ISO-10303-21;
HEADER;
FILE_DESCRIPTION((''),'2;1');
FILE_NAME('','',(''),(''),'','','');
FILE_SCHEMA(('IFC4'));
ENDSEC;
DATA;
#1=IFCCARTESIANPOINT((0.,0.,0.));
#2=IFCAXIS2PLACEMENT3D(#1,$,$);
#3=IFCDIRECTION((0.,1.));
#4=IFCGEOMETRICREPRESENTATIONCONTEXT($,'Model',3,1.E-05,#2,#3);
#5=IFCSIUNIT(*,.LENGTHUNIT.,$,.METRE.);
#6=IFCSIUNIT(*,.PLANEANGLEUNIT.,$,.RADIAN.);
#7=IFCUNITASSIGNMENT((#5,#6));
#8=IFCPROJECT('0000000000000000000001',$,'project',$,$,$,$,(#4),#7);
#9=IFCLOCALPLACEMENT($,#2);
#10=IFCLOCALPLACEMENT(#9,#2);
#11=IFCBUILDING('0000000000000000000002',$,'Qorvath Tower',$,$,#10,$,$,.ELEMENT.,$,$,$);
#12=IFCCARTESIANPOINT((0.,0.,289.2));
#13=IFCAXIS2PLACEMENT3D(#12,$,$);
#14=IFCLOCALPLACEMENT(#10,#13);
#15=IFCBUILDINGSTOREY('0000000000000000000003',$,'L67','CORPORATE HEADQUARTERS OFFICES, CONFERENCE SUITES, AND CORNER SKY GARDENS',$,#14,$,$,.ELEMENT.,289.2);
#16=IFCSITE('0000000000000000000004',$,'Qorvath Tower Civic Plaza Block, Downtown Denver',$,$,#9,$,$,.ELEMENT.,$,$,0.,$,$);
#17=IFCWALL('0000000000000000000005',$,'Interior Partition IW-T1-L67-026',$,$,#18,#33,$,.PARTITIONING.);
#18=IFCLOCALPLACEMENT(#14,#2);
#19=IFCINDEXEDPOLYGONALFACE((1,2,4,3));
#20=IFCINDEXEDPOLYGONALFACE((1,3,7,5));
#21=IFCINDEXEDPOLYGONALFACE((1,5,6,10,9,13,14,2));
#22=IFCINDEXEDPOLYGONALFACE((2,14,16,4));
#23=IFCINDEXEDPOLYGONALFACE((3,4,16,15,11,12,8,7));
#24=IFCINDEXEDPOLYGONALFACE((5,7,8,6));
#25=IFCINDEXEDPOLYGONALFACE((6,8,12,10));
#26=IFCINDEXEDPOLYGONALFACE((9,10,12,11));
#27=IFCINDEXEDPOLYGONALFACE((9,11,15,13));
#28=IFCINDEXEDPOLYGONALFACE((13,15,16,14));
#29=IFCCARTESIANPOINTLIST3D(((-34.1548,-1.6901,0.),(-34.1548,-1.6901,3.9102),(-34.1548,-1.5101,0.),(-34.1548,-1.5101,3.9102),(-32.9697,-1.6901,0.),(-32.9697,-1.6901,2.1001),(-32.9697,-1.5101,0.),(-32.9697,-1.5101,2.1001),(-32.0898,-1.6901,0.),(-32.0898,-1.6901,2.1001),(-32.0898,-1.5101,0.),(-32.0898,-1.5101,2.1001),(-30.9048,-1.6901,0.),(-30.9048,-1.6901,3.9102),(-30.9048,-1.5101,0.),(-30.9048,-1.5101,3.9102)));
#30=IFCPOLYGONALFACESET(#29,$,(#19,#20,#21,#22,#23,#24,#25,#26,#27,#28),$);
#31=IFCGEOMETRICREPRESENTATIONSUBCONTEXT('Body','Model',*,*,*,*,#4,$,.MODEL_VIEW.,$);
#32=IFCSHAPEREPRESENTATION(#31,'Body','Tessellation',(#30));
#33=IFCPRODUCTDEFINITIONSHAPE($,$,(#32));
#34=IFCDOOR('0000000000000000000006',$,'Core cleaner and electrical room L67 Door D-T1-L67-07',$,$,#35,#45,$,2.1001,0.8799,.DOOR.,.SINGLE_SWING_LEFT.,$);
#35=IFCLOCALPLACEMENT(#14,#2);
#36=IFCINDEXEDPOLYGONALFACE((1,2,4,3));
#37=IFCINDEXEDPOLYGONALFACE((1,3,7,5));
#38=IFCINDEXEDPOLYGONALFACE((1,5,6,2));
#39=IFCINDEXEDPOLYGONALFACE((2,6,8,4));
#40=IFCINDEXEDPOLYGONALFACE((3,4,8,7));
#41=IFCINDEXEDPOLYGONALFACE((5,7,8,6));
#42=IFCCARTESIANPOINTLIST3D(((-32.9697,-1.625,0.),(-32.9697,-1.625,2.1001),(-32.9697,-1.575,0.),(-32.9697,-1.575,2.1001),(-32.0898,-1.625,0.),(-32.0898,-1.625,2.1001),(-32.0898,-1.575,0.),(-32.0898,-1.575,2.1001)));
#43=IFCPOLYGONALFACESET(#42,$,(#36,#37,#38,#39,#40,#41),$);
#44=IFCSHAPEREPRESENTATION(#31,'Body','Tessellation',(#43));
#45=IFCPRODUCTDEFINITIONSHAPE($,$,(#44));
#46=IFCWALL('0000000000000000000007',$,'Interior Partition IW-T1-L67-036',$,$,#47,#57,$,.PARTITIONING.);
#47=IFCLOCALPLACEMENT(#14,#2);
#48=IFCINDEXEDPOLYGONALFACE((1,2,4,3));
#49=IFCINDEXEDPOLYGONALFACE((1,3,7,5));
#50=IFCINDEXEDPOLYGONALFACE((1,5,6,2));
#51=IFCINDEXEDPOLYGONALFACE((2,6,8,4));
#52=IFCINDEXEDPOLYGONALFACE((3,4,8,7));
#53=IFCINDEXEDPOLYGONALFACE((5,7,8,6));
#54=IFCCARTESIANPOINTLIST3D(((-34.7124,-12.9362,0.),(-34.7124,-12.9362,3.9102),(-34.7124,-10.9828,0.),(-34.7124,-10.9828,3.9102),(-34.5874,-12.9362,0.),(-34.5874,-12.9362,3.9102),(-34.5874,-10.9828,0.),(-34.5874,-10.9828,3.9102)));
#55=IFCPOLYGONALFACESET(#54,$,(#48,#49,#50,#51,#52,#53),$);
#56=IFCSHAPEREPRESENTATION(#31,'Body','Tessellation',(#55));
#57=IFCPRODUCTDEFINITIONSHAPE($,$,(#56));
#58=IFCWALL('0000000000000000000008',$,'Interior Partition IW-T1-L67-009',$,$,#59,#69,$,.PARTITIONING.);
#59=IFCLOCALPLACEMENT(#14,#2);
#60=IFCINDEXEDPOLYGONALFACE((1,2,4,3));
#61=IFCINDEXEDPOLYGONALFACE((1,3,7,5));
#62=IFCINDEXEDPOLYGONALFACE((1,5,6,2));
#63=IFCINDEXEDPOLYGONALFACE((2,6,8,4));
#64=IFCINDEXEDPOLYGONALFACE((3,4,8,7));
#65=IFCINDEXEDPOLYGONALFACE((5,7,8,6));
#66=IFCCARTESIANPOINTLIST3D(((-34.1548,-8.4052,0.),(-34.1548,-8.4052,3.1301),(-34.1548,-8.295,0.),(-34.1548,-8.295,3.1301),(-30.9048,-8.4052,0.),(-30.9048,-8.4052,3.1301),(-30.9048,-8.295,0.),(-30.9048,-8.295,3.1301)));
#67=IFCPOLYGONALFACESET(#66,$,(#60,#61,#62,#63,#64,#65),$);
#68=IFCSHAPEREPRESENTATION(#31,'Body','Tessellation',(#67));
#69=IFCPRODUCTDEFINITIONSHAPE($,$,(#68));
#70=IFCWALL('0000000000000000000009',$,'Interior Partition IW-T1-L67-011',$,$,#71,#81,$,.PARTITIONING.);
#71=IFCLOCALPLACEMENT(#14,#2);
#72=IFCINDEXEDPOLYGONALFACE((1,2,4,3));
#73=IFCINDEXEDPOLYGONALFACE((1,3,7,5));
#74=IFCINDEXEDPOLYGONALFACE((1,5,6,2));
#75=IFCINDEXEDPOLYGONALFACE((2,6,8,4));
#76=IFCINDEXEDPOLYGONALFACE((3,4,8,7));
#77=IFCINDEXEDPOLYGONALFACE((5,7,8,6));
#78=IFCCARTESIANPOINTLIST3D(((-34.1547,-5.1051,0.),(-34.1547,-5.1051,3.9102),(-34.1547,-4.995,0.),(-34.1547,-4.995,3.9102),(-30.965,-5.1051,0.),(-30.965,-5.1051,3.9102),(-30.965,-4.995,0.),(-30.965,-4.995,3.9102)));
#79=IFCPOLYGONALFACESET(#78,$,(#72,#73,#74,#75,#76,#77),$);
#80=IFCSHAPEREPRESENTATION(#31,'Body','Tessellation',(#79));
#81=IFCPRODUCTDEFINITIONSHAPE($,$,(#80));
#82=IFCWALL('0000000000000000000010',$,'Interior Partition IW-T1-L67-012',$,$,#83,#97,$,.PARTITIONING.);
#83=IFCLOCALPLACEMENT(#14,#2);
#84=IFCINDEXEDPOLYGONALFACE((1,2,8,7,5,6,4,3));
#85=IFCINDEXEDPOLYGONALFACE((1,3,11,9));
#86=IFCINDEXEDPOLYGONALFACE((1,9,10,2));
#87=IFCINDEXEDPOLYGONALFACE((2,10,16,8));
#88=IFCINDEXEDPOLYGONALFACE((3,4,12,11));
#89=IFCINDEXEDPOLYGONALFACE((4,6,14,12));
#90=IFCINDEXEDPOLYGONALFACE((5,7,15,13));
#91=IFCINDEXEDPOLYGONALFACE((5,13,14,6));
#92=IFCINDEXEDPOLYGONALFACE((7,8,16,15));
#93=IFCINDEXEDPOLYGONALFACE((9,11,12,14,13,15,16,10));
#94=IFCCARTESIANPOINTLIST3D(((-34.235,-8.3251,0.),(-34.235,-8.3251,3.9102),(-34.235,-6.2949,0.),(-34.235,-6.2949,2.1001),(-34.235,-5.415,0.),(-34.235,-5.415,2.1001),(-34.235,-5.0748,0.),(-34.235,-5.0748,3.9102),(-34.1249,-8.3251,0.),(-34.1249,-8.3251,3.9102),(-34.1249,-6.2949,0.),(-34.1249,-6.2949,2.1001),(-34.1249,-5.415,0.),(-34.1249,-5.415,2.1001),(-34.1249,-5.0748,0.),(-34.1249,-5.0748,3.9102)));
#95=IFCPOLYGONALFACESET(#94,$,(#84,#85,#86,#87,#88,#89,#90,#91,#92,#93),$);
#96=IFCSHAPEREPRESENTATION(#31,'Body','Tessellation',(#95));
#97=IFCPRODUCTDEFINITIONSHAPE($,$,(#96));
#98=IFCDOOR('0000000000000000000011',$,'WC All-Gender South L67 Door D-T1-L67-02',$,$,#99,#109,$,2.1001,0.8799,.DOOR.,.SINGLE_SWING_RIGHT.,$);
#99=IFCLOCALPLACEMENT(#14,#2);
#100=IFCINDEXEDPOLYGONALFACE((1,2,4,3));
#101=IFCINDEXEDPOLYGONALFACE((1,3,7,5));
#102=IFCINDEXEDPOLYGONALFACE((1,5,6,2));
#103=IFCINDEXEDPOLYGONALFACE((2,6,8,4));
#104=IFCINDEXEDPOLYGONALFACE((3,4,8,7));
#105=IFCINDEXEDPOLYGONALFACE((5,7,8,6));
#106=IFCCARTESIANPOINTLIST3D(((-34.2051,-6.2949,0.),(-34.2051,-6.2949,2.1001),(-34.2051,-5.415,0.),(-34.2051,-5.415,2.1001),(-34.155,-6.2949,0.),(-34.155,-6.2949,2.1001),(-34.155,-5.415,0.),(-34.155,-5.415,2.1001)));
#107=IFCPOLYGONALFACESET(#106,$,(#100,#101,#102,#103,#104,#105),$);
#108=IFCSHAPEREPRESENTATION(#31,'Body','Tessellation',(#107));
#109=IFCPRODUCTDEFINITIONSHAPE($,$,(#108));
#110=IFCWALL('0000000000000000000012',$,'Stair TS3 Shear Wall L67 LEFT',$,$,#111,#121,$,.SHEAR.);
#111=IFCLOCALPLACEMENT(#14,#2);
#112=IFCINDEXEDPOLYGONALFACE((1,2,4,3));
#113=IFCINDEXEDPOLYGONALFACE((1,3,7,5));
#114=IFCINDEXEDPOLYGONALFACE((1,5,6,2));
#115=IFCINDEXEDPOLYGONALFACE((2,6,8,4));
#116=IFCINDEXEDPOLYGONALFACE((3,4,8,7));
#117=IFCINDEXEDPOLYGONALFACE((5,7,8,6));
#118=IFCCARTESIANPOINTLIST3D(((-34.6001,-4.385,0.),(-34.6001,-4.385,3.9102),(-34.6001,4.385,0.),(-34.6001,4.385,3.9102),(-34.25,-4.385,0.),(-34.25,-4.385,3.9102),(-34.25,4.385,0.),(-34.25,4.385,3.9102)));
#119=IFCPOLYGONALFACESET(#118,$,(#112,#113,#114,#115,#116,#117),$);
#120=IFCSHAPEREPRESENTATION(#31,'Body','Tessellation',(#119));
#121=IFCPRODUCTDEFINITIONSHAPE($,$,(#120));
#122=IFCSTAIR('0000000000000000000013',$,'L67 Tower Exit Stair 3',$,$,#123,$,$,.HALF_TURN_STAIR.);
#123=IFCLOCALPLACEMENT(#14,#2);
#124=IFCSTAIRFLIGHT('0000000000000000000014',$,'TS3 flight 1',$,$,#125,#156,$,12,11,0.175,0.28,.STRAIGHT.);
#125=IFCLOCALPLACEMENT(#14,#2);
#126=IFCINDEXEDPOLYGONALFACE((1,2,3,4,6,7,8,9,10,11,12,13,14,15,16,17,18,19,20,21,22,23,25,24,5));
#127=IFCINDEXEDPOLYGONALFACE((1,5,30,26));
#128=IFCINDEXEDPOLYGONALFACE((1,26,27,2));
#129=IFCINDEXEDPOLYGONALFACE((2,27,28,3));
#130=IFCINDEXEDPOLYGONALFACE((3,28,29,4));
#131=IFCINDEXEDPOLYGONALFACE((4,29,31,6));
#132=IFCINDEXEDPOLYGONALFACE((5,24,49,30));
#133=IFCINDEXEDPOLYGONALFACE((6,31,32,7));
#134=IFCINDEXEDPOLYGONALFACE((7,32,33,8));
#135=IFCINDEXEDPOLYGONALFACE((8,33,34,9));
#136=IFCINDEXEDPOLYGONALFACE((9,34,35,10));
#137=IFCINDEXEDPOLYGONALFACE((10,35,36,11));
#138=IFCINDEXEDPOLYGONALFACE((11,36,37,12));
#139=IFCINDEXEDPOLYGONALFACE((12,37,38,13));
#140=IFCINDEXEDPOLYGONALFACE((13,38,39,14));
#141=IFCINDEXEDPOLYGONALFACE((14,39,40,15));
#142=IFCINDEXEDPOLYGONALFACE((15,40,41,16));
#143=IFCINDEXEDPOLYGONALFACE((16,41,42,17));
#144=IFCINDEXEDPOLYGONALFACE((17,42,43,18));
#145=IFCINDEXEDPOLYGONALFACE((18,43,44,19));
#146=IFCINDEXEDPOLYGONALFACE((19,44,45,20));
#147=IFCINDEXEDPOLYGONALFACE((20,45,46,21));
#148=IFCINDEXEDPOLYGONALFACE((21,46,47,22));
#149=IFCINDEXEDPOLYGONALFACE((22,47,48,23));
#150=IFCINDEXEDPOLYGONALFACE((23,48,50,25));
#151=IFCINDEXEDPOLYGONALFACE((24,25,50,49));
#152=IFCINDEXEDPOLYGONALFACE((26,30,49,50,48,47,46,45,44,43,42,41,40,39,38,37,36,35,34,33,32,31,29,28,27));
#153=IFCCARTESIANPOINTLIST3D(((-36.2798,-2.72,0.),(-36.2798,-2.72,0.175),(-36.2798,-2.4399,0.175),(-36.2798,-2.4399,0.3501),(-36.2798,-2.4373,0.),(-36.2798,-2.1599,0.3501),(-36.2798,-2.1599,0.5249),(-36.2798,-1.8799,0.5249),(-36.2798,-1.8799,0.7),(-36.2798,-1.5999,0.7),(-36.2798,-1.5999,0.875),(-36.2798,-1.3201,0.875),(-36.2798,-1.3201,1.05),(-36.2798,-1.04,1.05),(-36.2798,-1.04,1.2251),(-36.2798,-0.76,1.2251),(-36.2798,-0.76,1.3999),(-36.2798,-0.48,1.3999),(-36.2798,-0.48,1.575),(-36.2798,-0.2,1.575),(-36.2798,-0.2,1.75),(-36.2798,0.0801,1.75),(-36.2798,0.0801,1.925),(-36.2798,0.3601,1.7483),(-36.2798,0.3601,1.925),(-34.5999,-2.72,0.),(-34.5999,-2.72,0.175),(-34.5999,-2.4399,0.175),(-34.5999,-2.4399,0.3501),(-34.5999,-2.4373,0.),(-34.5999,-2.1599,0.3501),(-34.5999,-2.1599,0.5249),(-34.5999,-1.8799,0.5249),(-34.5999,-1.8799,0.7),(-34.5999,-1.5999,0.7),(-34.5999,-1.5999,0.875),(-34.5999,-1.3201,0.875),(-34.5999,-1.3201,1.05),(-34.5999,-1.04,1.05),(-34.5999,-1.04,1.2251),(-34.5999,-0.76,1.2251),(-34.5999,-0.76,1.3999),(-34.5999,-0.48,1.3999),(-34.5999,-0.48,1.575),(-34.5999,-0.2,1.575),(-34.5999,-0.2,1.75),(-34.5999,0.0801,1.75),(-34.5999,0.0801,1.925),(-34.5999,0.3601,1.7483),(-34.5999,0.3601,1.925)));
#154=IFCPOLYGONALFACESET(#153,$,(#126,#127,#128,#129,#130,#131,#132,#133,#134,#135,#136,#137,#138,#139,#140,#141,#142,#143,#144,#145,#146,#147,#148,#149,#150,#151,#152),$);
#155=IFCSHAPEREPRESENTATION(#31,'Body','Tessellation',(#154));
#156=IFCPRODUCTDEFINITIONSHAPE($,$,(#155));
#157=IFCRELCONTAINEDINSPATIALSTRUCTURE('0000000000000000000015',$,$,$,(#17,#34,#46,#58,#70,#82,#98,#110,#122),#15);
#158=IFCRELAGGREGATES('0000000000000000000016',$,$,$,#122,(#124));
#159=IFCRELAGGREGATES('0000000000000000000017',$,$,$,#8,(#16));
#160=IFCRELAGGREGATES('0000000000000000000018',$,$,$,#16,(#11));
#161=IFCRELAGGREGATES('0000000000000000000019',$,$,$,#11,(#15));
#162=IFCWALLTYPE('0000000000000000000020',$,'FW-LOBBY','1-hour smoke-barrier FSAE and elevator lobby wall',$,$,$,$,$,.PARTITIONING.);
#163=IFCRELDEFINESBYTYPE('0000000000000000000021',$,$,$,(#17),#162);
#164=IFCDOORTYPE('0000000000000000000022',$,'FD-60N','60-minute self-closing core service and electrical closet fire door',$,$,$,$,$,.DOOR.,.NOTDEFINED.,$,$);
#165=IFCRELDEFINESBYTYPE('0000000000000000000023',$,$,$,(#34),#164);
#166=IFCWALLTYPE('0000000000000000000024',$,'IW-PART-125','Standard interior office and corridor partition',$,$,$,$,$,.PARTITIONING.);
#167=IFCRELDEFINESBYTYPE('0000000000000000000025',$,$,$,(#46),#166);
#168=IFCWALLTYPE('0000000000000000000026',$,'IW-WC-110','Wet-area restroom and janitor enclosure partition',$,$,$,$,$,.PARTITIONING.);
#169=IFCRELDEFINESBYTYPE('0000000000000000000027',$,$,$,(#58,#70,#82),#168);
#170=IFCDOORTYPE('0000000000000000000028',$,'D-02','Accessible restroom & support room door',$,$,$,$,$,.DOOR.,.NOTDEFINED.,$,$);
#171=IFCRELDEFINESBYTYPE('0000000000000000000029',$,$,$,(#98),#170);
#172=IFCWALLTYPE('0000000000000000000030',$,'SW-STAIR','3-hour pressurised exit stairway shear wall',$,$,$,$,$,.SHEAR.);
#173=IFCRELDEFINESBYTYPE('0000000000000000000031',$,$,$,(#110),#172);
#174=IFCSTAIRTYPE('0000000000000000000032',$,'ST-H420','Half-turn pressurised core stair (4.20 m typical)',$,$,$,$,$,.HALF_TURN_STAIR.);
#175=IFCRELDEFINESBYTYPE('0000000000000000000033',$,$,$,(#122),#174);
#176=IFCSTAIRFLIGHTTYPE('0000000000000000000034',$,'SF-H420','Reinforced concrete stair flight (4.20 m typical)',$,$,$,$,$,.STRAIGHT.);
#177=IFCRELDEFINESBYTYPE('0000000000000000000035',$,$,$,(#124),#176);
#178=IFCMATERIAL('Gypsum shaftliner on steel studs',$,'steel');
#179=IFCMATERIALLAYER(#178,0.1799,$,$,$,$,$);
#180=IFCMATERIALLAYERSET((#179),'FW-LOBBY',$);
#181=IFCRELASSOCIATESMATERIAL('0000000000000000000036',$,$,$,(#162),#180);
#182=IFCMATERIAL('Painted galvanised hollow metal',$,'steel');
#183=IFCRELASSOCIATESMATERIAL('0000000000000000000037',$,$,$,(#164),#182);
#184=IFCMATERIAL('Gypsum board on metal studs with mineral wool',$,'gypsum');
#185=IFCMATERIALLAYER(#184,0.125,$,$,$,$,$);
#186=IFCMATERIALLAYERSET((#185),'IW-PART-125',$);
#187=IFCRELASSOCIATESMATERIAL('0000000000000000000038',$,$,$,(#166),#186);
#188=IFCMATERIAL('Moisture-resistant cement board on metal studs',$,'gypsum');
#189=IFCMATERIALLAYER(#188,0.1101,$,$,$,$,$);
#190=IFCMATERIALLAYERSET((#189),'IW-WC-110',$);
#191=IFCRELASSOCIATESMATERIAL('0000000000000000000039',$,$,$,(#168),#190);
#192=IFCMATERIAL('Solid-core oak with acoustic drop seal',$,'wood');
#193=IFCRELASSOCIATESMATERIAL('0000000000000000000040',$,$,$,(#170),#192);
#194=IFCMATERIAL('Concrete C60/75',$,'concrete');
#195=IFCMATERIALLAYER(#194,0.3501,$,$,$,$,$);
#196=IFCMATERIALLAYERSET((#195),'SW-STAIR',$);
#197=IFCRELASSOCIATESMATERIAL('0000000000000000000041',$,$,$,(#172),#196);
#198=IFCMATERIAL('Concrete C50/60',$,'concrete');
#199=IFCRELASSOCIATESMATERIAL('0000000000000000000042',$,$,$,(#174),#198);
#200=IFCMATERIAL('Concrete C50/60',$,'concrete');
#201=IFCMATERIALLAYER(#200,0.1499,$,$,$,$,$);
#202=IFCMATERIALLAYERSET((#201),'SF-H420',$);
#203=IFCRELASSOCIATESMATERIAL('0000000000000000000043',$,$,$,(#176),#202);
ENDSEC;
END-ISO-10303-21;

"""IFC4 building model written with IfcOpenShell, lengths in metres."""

from ifc_helpers import new_model, si_unit, direction, frame, frame_2d, origin, place, context, subcontext, project, spatial, polyline, rectangle, outline, extrude, material, layer, layer_set, type_object, element, fill, aggregate, save


model = new_model("IFC4")

# Units and contexts
model_context = context("Model", 3, precision=1e-05, world=origin(), true_north=direction((0.0, 1.0)))
body_context = subcontext(model_context, "Body", "Model", "MODEL_VIEW")
ifc_project = project(units=[si_unit("LENGTHUNIT", "METRE"), si_unit("PLANEANGLEUNIT", "RADIAN")], contexts=[model_context])

# Site, building, storey
site_placement = place(None, origin())
site = spatial("IfcSite", under=ifc_project, at=site_placement, Name="Qorvath Tower Civic Plaza Block, Downtown Denver", CompositionType="ELEMENT", RefElevation=0.0)
building_placement = place(site_placement, origin())
building = spatial("IfcBuilding", under=site, at=building_placement, Name="Qorvath Tower", CompositionType="ELEMENT")
storey_placement = place(building_placement, frame((0.0, 0.0, 289.2)))
storey = spatial("IfcBuildingStorey", under=building, at=storey_placement, Name="L67", Description="CORPORATE HEADQUARTERS OFFICES, CONFERENCE SUITES, AND CORNER SKY GARDENS", CompositionType="ELEMENT", Elevation=289.2)

# Shared definitions
ifc_material_1 = material(Name="Gypsum shaftliner on steel studs", Category="steel")
ifc_layer_1 = layer(ifc_material_1, 0.1799)
ifc_layer_set_1 = layer_set([ifc_layer_1], Name="FW-LOBBY")
wall_type_1 = type_object("IfcWallType", Name="FW-LOBBY", Description="1-hour smoke-barrier FSAE and elevator lobby wall", PredefinedType="PARTITIONING", material=ifc_layer_set_1)

# Wall, opening, door
wall_1_placement = place(storey_placement, frame((-30.9048, -1.6001, 0.0), z_axis=(0.0, 0.0, 1.0), x_axis=(-1.0, 0.0, 0.0)))
wall_1 = element("IfcWall", 1, at=wall_1_placement, inside=storey, type_object=wall_type_1, Name="Interior Partition IW-T1-L67-026", PredefinedType="PARTITIONING", context=body_context, shape_type="SweptSolid", body=[
    extrude(rectangle(XDim=3.25, YDim=0.1799, at=frame_2d((1.625, 0.0))), origin(), (0.0, 0.0, 1.0), 3.9102),
])
opening_1_placement = place(wall_1_placement, frame((1.1851, 0.0, 0.0)))
opening_1 = element("IfcOpeningElement", 2, at=opening_1_placement, cuts=wall_1, PredefinedType="OPENING", context=body_context, shape_type="SweptSolid", body=[
    extrude(rectangle(XDim=0.8799, YDim=2.1001, at=frame_2d((0.4399, 1.05))), frame((0.0, 0.1001, 0.0), z_axis=(0.0, -1.0, 0.0), x_axis=(1.0, 0.0, 0.0)), (0.0, 0.0, 1.0), 0.2),
])
ifc_material_2 = material(Name="Painted galvanised hollow metal", Category="steel")
door_type_1 = type_object("IfcDoorType", Name="FD-60N", Description="60-minute self-closing core service and electrical closet fire door", OperationType="NOTDEFINED", PredefinedType="DOOR", material=ifc_material_2)
door_1_placement = place(opening_1_placement, origin())
door_1 = element("IfcDoor", 3, at=door_1_placement, inside=storey, type_object=door_type_1, Name="Core cleaner and electrical room L67 Door D-T1-L67-07", OperationType="SINGLE_SWING_LEFT", OverallHeight=2.1001, OverallWidth=0.8799, PredefinedType="DOOR", context=body_context, shape_type="SweptSolid", body=[
    extrude(rectangle(XDim=0.8799, YDim=2.1001, at=frame_2d((0.4399, 1.05))), frame((0.0, 0.0249, 0.0), z_axis=(0.0, -1.0, 0.0), x_axis=(1.0, 0.0, 0.0)), (0.0, 0.0, 1.0), 0.05),
])
fill(opening_1, door_1)

# Walls
ifc_material_3 = material(Name="Gypsum board on metal studs with mineral wool", Category="gypsum")
ifc_layer_2 = layer(ifc_material_3, 0.125)
ifc_layer_set_2 = layer_set([ifc_layer_2], Name="IW-PART-125")
wall_type_2 = type_object("IfcWallType", Name="IW-PART-125", Description="Standard interior office and corridor partition", PredefinedType="PARTITIONING", material=ifc_layer_set_2)
wall_2_placement = place(storey_placement, frame((-34.6499, -10.9829, 0.0), z_axis=(0.0, 0.0, 1.0), x_axis=(0.0, -1.0, 0.0)))
element("IfcWall", 4, at=wall_2_placement, inside=storey, type_object=wall_type_2, Name="Interior Partition IW-T1-L67-036", PredefinedType="PARTITIONING", context=body_context, shape_type="SweptSolid", body=[
    extrude(rectangle(XDim=1.9534, YDim=0.125, at=frame_2d((0.9766, 0.0))), origin(), (0.0, 0.0, 1.0), 3.9102),
])
ifc_material_4 = material(Name="Moisture-resistant cement board on metal studs", Category="gypsum")
ifc_layer_3 = layer(ifc_material_4, 0.1101)
ifc_layer_set_3 = layer_set([ifc_layer_3], Name="IW-WC-110")
wall_type_3 = type_object("IfcWallType", Name="IW-WC-110", Description="Wet-area restroom and janitor enclosure partition", PredefinedType="PARTITIONING", material=ifc_layer_set_3)
wall_3_placement = place(storey_placement, frame((-34.1548, -8.3501, 0.0), z_axis=(0.0, 0.0, 1.0), x_axis=(1.0, 0.0, 0.0)))
element("IfcWall", 5, at=wall_3_placement, inside=storey, type_object=wall_type_3, Name="Interior Partition IW-T1-L67-009", PredefinedType="PARTITIONING", context=body_context, shape_type="SweptSolid", body=[
    extrude(rectangle(XDim=3.25, YDim=0.1101, at=frame_2d((1.625, 0.0))), origin(), (0.0, 0.0, 1.0), 3.1301),
])
wall_4_placement = place(storey_placement, frame((-30.9651, -5.05, 0.0), z_axis=(0.0, 0.0, 1.0), x_axis=(-1.0, 0.0, 0.0)))
element("IfcWall", 6, at=wall_4_placement, inside=storey, type_object=wall_type_3, Name="Interior Partition IW-T1-L67-011", PredefinedType="PARTITIONING", context=body_context, shape_type="SweptSolid", body=[
    extrude(rectangle(XDim=3.1897, YDim=0.1101, at=frame_2d((1.5947, 0.0))), origin(), (0.0, 0.0, 1.0), 3.9102),
])

# Wall, opening, door
wall_5_placement = place(storey_placement, frame((-34.1799, -5.075, 0.0), z_axis=(0.0, 0.0, 1.0), x_axis=(0.0, -1.0, 0.0)))
wall_5 = element("IfcWall", 7, at=wall_5_placement, inside=storey, type_object=wall_type_3, Name="Interior Partition IW-T1-L67-012", PredefinedType="PARTITIONING", context=body_context, shape_type="SweptSolid", body=[
    extrude(rectangle(XDim=3.2502, YDim=0.1101, at=frame_2d((1.625, 0.0))), origin(), (0.0, 0.0, 1.0), 3.9102),
])
opening_2_placement = place(wall_5_placement, frame((0.3401, 0.0, 0.0)))
opening_2 = element("IfcOpeningElement", 8, at=opening_2_placement, cuts=wall_5, PredefinedType="OPENING", context=body_context, shape_type="SweptSolid", body=[
    extrude(rectangle(XDim=0.8799, YDim=2.1001, at=frame_2d((0.4399, 1.05))), frame((0.0, 0.0649, 0.0), z_axis=(0.0, -1.0, 0.0), x_axis=(1.0, 0.0, 0.0)), (0.0, 0.0, 1.0), 0.1301),
])
ifc_material_5 = material(Name="Solid-core oak with acoustic drop seal", Category="wood")
door_type_2 = type_object("IfcDoorType", Name="D-02", Description="Accessible restroom & support room door", OperationType="NOTDEFINED", PredefinedType="DOOR", material=ifc_material_5)
door_2_placement = place(opening_2_placement, origin())
door_2 = element("IfcDoor", 9, at=door_2_placement, inside=storey, type_object=door_type_2, Name="WC All-Gender South L67 Door D-T1-L67-02", OperationType="SINGLE_SWING_RIGHT", OverallHeight=2.1001, OverallWidth=0.8799, PredefinedType="DOOR", context=body_context, shape_type="SweptSolid", body=[
    extrude(rectangle(XDim=0.8799, YDim=2.1001, at=frame_2d((0.4399, 1.05))), frame((0.0, 0.0249, 0.0), z_axis=(0.0, -1.0, 0.0), x_axis=(1.0, 0.0, 0.0)), (0.0, 0.0, 1.0), 0.05),
])
fill(opening_2, door_2)

# Wall
ifc_material_6 = material(Name="Concrete C60/75", Category="concrete")
ifc_layer_4 = layer(ifc_material_6, 0.3501)
ifc_layer_set_4 = layer_set([ifc_layer_4], Name="SW-STAIR")
wall_type_4 = type_object("IfcWallType", Name="SW-STAIR", Description="3-hour pressurised exit stairway shear wall", PredefinedType="SHEAR", material=ifc_layer_set_4)
wall_6_placement = place(storey_placement, frame((-34.425, -4.385, 0.0), z_axis=(0.0, 0.0, 1.0), x_axis=(0.0, 1.0, 0.0)))
element("IfcWall", 10, at=wall_6_placement, inside=storey, type_object=wall_type_4, Name="Stair TS3 Shear Wall L67 LEFT", PredefinedType="SHEAR", context=body_context, shape_type="SweptSolid", body=[
    extrude(rectangle(XDim=8.77, YDim=0.3501, at=frame_2d((4.385, 0.0))), origin(), (0.0, 0.0, 1.0), 3.9102),
])

# Stair, stair flight
ifc_material_7 = material(Name="Concrete C50/60", Category="concrete")
stair_type = type_object("IfcStairType", Name="ST-H420", Description="Half-turn pressurised core stair (4.20 m typical)", PredefinedType="HALF_TURN_STAIR", material=ifc_material_7)
stair_placement = place(storey_placement, origin())
stair = element("IfcStair", 11, at=stair_placement, inside=storey, type_object=stair_type, Name="L67 Tower Exit Stair 3", PredefinedType="HALF_TURN_STAIR")
ifc_material_8 = material(Name="Concrete C50/60", Category="concrete")
ifc_layer_5 = layer(ifc_material_8, 0.1499)
ifc_layer_set_5 = layer_set([ifc_layer_5], Name="SF-H420")
stair_flight_type = type_object("IfcStairFlightType", Name="SF-H420", Description="Reinforced concrete stair flight (4.20 m typical)", PredefinedType="STRAIGHT", material=ifc_layer_set_5)
stair_flight_placement = place(storey_placement, frame((-35.4399, -2.72, 0.0), z_axis=(0.0, 0.0, 1.0), x_axis=(0.0, 1.0, 0.0)))
stair_flight = element("IfcStairFlight", 12, at=stair_flight_placement, type_object=stair_flight_type, Name="TS3 flight 1", NumberOfRisers=12, NumberOfTreads=11, PredefinedType="STRAIGHT", RiserHeight=0.175, TreadLength=0.28, context=body_context, shape_type="SweptSolid", body=[
    extrude(outline(polyline([(0.0, 0.0), (0.0, 0.175), (0.28, 0.175), (0.28, 0.3501), (0.5601, 0.3501), (0.5601, 0.5249), (0.8401, 0.5249), (0.8401, 0.7), (1.1201, 0.7), (1.1201, 0.875), (1.3999, 0.875), (1.3999, 1.05), (1.6799, 1.05), (1.6799, 1.2251), (1.96, 1.2251), (1.96, 1.3999), (2.24, 1.3999), (2.24, 1.575), (2.52, 1.575), (2.52, 1.75), (2.8, 1.75), (2.8, 1.925), (3.0801, 1.925), (3.0801, 2.1001), (3.0801, 1.7483), (0.2827, 0.0), (0.0, 0.0)])), frame((0.0, 0.8398, 0.0), z_axis=(0.0, -1.0, 0.0), x_axis=(1.0, 0.0, 0.0)), (0.0, 0.0, 1.0), 1.6799),
])
aggregate(stair, [stair_flight])

save(model, "model.ifc")
